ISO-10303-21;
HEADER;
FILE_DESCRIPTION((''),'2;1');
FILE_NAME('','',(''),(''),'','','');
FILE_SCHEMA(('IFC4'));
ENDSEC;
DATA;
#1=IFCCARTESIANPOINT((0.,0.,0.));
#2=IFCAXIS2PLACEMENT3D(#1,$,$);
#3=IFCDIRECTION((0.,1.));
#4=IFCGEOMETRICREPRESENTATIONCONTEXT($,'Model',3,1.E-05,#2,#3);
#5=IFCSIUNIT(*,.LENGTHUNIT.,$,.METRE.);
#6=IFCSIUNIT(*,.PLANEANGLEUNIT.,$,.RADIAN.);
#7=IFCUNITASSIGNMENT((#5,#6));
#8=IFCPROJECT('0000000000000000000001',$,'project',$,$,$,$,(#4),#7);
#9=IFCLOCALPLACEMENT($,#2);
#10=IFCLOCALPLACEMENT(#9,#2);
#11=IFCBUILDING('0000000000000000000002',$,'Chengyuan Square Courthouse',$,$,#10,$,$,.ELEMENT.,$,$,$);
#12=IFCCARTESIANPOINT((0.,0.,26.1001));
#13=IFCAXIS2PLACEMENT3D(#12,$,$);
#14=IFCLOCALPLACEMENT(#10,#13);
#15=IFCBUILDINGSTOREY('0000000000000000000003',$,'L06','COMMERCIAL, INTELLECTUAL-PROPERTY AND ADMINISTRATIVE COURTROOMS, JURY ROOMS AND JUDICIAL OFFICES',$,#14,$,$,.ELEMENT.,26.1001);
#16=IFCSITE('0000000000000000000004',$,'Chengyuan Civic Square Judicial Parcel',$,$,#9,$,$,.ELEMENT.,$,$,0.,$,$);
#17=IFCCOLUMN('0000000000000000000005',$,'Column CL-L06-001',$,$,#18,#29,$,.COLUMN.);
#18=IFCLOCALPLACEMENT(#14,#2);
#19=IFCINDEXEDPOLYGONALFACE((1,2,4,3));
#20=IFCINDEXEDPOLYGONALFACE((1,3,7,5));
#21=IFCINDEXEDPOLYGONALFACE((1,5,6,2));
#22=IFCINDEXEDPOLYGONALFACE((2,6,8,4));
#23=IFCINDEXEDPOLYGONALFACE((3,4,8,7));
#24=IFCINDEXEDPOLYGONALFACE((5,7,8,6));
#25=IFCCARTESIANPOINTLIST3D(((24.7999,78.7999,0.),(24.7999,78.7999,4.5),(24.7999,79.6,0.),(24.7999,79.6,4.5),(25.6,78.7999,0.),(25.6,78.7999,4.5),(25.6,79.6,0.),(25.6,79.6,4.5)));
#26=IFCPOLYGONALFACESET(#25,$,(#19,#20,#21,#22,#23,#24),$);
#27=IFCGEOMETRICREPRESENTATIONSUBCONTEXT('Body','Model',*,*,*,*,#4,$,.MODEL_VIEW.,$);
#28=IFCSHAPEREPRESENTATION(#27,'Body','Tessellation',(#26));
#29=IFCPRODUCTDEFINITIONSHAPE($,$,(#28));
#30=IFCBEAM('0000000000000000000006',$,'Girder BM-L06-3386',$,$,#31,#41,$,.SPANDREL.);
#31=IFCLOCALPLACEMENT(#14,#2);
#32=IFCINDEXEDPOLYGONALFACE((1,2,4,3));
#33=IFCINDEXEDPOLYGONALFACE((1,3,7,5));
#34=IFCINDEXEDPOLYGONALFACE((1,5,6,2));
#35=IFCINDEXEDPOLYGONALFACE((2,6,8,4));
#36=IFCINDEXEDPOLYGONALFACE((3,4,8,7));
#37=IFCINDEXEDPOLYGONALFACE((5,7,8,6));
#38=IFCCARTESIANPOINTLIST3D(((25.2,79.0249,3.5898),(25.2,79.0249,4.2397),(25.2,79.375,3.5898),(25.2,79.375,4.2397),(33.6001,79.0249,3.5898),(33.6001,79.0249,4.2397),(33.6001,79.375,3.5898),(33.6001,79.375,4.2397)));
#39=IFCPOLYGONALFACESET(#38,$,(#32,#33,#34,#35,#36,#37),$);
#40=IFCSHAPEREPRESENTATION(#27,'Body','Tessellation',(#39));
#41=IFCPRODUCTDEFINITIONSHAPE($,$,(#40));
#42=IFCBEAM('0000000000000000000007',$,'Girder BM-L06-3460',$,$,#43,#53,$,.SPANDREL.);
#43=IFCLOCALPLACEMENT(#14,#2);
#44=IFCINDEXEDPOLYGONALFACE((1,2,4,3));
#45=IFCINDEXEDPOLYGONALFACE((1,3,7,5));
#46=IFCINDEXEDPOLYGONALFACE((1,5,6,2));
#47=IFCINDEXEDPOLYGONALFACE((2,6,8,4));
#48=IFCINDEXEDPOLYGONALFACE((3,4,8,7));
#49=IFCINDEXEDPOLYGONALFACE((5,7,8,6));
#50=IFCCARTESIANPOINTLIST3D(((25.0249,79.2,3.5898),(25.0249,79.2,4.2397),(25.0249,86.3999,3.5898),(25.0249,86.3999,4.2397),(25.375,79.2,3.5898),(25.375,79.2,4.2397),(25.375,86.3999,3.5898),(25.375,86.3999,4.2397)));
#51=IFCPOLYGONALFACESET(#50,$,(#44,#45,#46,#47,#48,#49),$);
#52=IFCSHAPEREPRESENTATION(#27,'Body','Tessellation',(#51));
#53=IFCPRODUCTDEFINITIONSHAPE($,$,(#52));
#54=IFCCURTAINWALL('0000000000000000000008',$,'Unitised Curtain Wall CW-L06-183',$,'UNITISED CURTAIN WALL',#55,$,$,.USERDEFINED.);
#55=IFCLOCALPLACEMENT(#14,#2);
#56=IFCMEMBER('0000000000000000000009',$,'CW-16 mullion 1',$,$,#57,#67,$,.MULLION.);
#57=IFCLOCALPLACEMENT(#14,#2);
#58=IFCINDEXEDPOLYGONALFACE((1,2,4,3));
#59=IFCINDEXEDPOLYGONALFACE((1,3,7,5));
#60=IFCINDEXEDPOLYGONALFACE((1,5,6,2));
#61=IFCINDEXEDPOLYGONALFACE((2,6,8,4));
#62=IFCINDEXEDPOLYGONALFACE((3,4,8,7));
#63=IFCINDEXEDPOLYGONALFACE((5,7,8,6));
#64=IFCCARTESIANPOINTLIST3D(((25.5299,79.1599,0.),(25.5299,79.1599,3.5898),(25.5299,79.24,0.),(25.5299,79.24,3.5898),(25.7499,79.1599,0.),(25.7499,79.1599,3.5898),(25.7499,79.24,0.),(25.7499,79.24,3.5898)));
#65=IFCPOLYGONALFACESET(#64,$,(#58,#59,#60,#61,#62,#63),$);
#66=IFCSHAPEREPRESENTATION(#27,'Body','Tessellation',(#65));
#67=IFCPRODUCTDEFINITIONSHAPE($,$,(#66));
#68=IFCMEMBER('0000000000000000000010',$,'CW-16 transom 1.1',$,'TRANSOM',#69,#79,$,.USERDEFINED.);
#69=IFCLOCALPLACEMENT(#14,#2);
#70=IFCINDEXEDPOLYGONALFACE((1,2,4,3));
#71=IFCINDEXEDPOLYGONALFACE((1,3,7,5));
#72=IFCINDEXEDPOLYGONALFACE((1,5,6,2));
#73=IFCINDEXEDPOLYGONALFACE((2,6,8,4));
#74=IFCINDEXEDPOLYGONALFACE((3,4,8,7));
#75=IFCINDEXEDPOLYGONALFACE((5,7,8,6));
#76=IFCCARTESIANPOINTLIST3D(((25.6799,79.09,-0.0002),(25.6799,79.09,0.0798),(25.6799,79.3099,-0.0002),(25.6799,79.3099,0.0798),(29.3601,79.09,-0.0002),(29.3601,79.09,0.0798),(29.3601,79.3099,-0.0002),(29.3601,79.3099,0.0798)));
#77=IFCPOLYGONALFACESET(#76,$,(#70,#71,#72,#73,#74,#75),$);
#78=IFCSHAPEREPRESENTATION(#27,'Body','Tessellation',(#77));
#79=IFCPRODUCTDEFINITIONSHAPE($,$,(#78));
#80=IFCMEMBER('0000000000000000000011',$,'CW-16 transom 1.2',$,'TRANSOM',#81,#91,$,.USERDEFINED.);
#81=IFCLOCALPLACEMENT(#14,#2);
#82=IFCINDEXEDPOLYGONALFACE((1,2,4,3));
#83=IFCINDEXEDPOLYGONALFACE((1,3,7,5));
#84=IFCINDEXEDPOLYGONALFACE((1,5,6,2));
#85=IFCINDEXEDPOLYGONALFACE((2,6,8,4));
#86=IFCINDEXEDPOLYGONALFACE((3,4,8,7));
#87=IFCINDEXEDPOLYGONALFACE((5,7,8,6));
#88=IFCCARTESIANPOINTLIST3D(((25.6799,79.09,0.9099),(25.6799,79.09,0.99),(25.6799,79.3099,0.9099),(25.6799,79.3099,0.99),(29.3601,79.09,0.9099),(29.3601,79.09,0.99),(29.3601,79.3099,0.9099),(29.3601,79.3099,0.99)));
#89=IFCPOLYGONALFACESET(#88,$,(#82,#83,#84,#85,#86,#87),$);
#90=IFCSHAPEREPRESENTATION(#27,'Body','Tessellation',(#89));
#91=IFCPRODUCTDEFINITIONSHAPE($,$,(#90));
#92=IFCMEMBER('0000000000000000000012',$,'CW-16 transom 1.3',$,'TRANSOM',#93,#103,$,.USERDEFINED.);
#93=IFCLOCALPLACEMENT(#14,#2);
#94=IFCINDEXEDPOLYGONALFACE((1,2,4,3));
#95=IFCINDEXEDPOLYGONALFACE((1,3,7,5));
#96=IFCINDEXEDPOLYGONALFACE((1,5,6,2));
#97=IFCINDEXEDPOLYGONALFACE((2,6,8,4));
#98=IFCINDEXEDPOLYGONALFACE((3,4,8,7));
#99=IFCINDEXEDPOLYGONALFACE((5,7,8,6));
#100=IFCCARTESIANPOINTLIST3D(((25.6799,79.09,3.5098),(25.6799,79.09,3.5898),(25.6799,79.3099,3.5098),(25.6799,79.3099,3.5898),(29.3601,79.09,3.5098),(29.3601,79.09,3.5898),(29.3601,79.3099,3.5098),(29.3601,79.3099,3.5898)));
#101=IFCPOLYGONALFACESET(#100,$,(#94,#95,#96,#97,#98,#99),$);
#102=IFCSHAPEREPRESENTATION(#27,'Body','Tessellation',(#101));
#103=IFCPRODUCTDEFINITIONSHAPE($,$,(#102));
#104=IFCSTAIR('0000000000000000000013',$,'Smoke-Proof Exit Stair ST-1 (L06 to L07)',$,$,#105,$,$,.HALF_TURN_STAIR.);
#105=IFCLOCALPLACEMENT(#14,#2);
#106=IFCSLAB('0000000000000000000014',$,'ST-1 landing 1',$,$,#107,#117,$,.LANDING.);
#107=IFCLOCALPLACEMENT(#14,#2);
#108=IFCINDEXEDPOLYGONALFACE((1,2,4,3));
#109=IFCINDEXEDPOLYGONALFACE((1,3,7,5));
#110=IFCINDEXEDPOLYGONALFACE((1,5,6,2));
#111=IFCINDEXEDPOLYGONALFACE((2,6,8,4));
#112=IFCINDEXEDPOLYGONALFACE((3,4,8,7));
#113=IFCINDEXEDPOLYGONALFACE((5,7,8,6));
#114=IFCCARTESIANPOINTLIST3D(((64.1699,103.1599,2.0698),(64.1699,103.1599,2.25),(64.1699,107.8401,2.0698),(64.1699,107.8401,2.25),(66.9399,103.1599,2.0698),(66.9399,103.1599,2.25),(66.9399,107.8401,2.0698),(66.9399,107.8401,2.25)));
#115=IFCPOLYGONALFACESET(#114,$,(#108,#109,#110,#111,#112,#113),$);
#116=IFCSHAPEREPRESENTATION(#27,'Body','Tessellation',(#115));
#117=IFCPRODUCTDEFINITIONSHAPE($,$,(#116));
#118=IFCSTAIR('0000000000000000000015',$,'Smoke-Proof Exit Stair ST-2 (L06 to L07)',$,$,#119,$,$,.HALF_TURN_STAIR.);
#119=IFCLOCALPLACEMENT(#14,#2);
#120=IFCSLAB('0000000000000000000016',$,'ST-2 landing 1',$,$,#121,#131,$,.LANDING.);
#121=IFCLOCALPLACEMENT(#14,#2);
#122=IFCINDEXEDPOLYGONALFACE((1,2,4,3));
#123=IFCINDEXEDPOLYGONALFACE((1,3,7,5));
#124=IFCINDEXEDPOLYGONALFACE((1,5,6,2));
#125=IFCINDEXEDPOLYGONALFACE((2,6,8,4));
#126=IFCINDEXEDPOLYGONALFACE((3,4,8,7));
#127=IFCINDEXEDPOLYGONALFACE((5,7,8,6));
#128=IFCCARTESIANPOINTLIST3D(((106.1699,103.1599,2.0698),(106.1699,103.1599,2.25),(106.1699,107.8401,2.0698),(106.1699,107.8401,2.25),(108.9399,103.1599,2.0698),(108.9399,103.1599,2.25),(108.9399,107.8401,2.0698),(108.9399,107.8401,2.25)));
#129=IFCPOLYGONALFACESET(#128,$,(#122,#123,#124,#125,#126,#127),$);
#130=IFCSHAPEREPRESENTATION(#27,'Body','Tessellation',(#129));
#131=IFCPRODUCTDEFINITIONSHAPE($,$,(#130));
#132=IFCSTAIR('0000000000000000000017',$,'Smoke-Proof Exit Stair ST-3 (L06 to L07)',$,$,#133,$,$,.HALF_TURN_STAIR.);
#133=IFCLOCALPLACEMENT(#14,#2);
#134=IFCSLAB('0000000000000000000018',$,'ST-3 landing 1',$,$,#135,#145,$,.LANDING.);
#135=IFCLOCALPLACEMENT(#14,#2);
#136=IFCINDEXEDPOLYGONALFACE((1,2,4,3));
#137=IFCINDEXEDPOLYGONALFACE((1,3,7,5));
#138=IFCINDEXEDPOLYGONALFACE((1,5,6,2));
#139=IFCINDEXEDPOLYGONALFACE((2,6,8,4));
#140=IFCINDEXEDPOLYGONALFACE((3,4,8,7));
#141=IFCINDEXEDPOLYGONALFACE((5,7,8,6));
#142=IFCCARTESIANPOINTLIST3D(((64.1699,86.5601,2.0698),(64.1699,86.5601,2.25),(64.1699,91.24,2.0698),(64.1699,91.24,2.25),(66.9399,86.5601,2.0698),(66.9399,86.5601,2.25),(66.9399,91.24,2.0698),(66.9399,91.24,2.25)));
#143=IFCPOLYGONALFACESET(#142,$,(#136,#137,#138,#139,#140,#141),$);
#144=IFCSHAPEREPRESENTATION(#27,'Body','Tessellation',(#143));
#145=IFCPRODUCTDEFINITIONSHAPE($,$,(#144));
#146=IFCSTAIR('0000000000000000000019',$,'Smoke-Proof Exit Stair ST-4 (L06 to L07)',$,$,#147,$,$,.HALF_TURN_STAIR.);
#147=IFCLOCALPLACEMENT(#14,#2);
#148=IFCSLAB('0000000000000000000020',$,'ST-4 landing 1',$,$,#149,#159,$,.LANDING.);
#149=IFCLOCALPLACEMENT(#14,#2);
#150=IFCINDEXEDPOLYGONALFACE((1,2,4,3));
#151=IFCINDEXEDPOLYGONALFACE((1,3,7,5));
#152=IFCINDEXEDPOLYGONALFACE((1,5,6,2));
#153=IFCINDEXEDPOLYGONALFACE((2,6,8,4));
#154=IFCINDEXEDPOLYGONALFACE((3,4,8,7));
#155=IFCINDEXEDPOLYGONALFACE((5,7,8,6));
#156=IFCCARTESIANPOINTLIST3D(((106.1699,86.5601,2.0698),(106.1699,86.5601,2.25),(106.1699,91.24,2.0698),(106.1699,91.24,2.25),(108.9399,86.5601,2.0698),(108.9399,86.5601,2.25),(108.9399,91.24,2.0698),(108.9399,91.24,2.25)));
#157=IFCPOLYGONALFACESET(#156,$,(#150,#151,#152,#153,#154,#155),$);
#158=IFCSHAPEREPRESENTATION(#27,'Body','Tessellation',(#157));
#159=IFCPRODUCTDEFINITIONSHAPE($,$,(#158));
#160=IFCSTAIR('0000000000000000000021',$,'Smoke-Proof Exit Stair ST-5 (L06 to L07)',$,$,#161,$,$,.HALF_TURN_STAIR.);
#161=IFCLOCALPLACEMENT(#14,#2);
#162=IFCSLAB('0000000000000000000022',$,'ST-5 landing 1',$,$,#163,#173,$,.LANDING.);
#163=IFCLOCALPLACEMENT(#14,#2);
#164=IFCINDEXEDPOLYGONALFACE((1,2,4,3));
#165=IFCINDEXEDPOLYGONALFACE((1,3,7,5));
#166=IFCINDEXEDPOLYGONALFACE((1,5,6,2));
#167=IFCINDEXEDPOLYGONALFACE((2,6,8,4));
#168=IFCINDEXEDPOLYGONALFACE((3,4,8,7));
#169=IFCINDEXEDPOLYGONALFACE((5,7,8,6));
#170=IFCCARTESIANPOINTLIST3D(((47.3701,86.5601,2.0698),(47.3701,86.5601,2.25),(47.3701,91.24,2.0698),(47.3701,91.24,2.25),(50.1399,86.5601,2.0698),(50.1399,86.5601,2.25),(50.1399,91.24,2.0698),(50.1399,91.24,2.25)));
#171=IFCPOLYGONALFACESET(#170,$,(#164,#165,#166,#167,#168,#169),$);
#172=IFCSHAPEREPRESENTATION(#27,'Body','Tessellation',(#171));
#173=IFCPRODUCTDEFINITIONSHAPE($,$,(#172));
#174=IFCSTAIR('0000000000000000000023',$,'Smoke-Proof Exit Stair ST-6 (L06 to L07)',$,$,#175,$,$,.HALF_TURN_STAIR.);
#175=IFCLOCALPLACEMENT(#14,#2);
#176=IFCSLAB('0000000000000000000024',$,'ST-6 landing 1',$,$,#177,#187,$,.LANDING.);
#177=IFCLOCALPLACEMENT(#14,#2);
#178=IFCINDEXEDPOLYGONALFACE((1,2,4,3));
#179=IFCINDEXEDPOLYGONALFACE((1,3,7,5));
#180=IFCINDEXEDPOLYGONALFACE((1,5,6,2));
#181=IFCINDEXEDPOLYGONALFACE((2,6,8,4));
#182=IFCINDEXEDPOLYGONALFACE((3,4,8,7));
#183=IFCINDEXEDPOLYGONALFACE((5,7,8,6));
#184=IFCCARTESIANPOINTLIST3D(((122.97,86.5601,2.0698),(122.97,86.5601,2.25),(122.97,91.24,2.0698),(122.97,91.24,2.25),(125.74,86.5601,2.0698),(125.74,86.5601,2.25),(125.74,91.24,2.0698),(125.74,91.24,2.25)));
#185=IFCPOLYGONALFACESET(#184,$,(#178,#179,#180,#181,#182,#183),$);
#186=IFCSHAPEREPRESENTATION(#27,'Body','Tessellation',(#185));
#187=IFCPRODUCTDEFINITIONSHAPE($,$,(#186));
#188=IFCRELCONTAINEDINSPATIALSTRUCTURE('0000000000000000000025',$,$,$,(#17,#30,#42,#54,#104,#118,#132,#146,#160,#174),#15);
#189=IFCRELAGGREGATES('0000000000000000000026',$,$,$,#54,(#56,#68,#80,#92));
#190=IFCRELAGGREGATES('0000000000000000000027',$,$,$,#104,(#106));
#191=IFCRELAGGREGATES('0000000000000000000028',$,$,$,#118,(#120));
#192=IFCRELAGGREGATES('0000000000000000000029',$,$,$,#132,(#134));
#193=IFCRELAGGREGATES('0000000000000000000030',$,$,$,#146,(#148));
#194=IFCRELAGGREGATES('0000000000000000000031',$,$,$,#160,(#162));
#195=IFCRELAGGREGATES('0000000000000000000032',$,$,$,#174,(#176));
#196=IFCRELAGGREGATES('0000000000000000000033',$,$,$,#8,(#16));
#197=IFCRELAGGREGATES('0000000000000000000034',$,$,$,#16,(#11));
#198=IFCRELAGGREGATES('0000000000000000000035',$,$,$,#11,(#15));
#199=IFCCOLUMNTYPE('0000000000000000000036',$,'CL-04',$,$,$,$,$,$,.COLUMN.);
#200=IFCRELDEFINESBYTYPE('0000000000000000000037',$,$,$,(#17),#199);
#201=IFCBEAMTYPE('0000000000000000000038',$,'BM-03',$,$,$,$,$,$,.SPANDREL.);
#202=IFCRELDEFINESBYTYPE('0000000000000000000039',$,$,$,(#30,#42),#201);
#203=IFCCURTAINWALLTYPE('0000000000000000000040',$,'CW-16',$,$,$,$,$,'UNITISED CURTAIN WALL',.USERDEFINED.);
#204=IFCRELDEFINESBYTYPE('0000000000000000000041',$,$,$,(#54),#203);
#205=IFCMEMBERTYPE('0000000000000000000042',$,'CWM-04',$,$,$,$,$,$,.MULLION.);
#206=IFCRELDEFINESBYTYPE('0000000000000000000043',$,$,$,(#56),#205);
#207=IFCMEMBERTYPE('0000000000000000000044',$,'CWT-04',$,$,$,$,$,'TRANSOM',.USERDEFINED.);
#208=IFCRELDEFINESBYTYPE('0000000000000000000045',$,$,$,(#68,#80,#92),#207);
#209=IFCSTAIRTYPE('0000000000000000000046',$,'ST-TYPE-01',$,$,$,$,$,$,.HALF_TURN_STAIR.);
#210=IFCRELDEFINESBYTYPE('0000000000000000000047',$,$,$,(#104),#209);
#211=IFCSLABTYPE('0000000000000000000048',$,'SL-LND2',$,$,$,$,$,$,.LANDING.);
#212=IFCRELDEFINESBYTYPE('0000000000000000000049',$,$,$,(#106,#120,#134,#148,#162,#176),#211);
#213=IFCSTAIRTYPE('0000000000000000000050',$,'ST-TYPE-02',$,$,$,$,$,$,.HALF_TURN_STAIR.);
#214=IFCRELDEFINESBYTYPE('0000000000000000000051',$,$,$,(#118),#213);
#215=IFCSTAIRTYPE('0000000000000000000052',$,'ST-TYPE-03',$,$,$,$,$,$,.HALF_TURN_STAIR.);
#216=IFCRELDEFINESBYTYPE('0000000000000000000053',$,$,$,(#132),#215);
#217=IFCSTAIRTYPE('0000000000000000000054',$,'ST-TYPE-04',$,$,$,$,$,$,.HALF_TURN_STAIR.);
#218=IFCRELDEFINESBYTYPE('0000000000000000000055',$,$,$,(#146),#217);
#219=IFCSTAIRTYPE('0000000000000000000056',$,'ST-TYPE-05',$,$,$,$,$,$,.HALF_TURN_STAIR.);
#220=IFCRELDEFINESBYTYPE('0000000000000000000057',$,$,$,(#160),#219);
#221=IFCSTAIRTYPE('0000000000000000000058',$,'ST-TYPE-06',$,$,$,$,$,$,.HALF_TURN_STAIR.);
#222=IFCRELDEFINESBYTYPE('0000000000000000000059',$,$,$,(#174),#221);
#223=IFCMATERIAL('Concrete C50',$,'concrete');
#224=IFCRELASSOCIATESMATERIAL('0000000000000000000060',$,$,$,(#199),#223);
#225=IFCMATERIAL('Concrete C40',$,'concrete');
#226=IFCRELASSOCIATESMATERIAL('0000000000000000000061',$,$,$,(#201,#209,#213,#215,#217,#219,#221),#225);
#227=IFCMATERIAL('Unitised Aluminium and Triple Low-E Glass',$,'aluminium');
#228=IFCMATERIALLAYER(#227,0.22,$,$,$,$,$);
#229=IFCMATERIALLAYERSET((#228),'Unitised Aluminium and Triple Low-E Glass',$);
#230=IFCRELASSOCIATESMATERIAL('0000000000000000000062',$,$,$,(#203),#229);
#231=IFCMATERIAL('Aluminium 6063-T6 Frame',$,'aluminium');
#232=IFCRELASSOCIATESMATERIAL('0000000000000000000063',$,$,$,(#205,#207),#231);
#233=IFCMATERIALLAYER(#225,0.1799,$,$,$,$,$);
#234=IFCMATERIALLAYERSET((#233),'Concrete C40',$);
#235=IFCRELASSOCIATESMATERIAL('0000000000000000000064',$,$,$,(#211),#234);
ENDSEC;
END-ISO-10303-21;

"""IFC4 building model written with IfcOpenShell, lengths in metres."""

from ifc_helpers import new_model, si_unit, direction, frame, origin, origin_2d, place, context, subcontext, project, spatial, polyline, rectangle, outline, extrude, material, layer, layer_set, material_profile, profile_set, type_object, element, aggregate, save


model = new_model("IFC4")

# Units and contexts
model_context = context("Model", 3, precision=1e-05, world=origin(), true_north=direction((0.0, 1.0)))
body_context = subcontext(model_context, "Body", "Model", "MODEL_VIEW")
ifc_project = project(units=[si_unit("LENGTHUNIT", "METRE"), si_unit("PLANEANGLEUNIT", "RADIAN")], contexts=[model_context])

# Site, building, storey
site_placement = place(None, origin())
site = spatial("IfcSite", under=ifc_project, at=site_placement, Name="Chengyuan Civic Square Judicial Parcel", CompositionType="ELEMENT", RefElevation=0.0)
building_placement = place(site_placement, origin())
building = spatial("IfcBuilding", under=site, at=building_placement, Name="Chengyuan Square Courthouse", CompositionType="ELEMENT")
storey_placement = place(building_placement, frame((0.0, 0.0, 26.1001)))
storey = spatial("IfcBuildingStorey", under=building, at=storey_placement, Name="L06", Description="COMMERCIAL, INTELLECTUAL-PROPERTY AND ADMINISTRATIVE COURTROOMS, JURY ROOMS AND JUDICIAL OFFICES", CompositionType="ELEMENT", Elevation=26.1001)

# Column
ifc_material_1 = material(Name="Concrete C50", Category="concrete")
ifc_material_profile_1 = material_profile(ifc_material_1, rectangle(XDim=0.8, YDim=0.8, at=origin_2d()), Name="RC-COL-800x800")
ifc_profile_set_1 = profile_set([ifc_material_profile_1], Name="Concrete C50")
column_type = type_object("IfcColumnType", Name="CL-04", PredefinedType="COLUMN", material=ifc_profile_set_1)
column_placement = place(storey_placement, frame((25.2, 79.2, 0.0), z_axis=(0.0, 0.0, 1.0), x_axis=(1.0, 0.0, 0.0)))
element("IfcColumn", 1, at=column_placement, inside=storey, type_object=column_type, Name="Column CL-L06-001", PredefinedType="COLUMN", context=body_context, shape_type="SweptSolid", body=[
    extrude(rectangle(XDim=0.8, YDim=0.8, at=origin_2d()), origin(), (0.0, 0.0, 1.0), 4.5),
])

# Beams
ifc_material_2 = material(Name="Concrete C40", Category="concrete")
ifc_material_profile_2 = material_profile(ifc_material_2, rectangle(XDim=0.3501, YDim=0.6499, at=origin_2d()), Name="RC-BM-350x650")
ifc_profile_set_2 = profile_set([ifc_material_profile_2], Name="Concrete C40")
beam_type = type_object("IfcBeamType", Name="BM-03", PredefinedType="SPANDREL", material=ifc_profile_set_2)
beam_1_placement = place(storey_placement, frame((25.2, 79.2, 3.9148), z_axis=(1.0, 0.0, 0.0), x_axis=(0.0, 1.0, 0.0)))
element("IfcBeam", 2, at=beam_1_placement, inside=storey, type_object=beam_type, Name="Girder BM-L06-3386", PredefinedType="SPANDREL", context=body_context, shape_type="SweptSolid", body=[
    extrude(rectangle(XDim=0.3501, YDim=0.6499, at=origin_2d()), origin(), (0.0, 0.0, 1.0), 8.4001),
])
beam_2_placement = place(storey_placement, frame((25.2, 79.2, 3.9148), z_axis=(0.0, 1.0, 0.0), x_axis=(-1.0, 0.0, 0.0)))
element("IfcBeam", 3, at=beam_2_placement, inside=storey, type_object=beam_type, Name="Girder BM-L06-3460", PredefinedType="SPANDREL", context=body_context, shape_type="SweptSolid", body=[
    extrude(rectangle(XDim=0.3501, YDim=0.6499, at=origin_2d()), origin(), (0.0, 0.0, 1.0), 7.2),
])

# Curtain wall, members
ifc_material_3 = material(Name="Unitised Aluminium and Triple Low-E Glass", Category="aluminium")
ifc_layer_1 = layer(ifc_material_3, 0.22)
ifc_layer_set_1 = layer_set([ifc_layer_1], Name="Unitised Aluminium and Triple Low-E Glass")
curtain_wall_type = type_object("IfcCurtainWallType", Name="CW-16", ElementType="UNITISED CURTAIN WALL", PredefinedType="USERDEFINED", material=ifc_layer_set_1)
curtain_wall_placement = place(storey_placement, origin())
curtain_wall = element("IfcCurtainWall", 4, at=curtain_wall_placement, inside=storey, type_object=curtain_wall_type, Name="Unitised Curtain Wall CW-L06-183", ObjectType="UNITISED CURTAIN WALL", PredefinedType="USERDEFINED")
ifc_material_4 = material(Name="Aluminium 6063-T6 Frame", Category="aluminium")
ifc_material_profile_3 = material_profile(ifc_material_4, rectangle(XDim=0.0801, YDim=0.22, at=origin_2d()), Name="CW-MUL-80x220")
ifc_profile_set_3 = profile_set([ifc_material_profile_3], Name="Aluminium 6063-T6 Frame")
member_type_1 = type_object("IfcMemberType", Name="CWM-04", PredefinedType="MULLION", material=ifc_profile_set_3)
member_1_placement = place(storey_placement, frame((25.6399, 79.2, 0.0), z_axis=(0.0, 0.0, 1.0), x_axis=(0.0, 1.0, 0.0)))
member_1 = element("IfcMember", 5, at=member_1_placement, type_object=member_type_1, Name="CW-16 mullion 1", PredefinedType="MULLION", context=body_context, shape_type="SweptSolid", body=[
    extrude(rectangle(XDim=0.0801, YDim=0.22, at=origin_2d()), origin(), (0.0, 0.0, 1.0), 3.5898),
])
ifc_material_profile_4 = material_profile(ifc_material_4, rectangle(XDim=0.22, YDim=0.0801, at=origin_2d()), Name="CW-TRN-80x180")
ifc_profile_set_4 = profile_set([ifc_material_profile_4], Name="Aluminium 6063-T6 Frame")
member_type_2 = type_object("IfcMemberType", Name="CWT-04", ElementType="TRANSOM", PredefinedType="USERDEFINED", material=ifc_profile_set_4)
member_2_placement = place(storey_placement, frame((25.6799, 79.2, 0.0398), z_axis=(1.0, 0.0, 0.0), x_axis=(0.0, 1.0, 0.0)))
member_2 = element("IfcMember", 6, at=member_2_placement, type_object=member_type_2, Name="CW-16 transom 1.1", ObjectType="TRANSOM", PredefinedType="USERDEFINED", context=body_context, shape_type="SweptSolid", body=[
    extrude(rectangle(XDim=0.22, YDim=0.0801, at=origin_2d()), origin(), (0.0, 0.0, 1.0), 3.6802),
])
member_3_placement = place(storey_placement, frame((25.6799, 79.2, 0.95), z_axis=(1.0, 0.0, 0.0), x_axis=(0.0, 1.0, 0.0)))
member_3 = element("IfcMember", 7, at=member_3_placement, type_object=member_type_2, Name="CW-16 transom 1.2", ObjectType="TRANSOM", PredefinedType="USERDEFINED", context=body_context, shape_type="SweptSolid", body=[
    extrude(rectangle(XDim=0.22, YDim=0.0801, at=origin_2d()), origin(), (0.0, 0.0, 1.0), 3.6802),
])
member_4_placement = place(storey_placement, frame((25.6799, 79.2, 3.5498), z_axis=(1.0, 0.0, 0.0), x_axis=(0.0, 1.0, 0.0)))
member_4 = element("IfcMember", 8, at=member_4_placement, type_object=member_type_2, Name="CW-16 transom 1.3", ObjectType="TRANSOM", PredefinedType="USERDEFINED", context=body_context, shape_type="SweptSolid", body=[
    extrude(rectangle(XDim=0.22, YDim=0.0801, at=origin_2d()), origin(), (0.0, 0.0, 1.0), 3.6802),
])
aggregate(curtain_wall, [member_1, member_2, member_3, member_4])

# Stairs, slabs
stair_type_1 = type_object("IfcStairType", Name="ST-TYPE-01", PredefinedType="HALF_TURN_STAIR", material=ifc_material_2)
stair_1_placement = place(storey_placement, origin())
stair_1 = element("IfcStair", 9, at=stair_1_placement, inside=storey, type_object=stair_type_1, Name="Smoke-Proof Exit Stair ST-1 (L06 to L07)", PredefinedType="HALF_TURN_STAIR")
ifc_layer_2 = layer(ifc_material_2, 0.1799)
ifc_layer_set_2 = layer_set([ifc_layer_2], Name="Concrete C40")
slab_type_1 = type_object("IfcSlabType", Name="SL-LND2", PredefinedType="LANDING", material=ifc_layer_set_2)
slab_1_placement = place(storey_placement, frame((0.0, 0.0, 2.0698)))
slab_1 = element("IfcSlab", 10, at=slab_1_placement, type_object=slab_type_1, Name="ST-1 landing 1", PredefinedType="LANDING", context=body_context, shape_type="SweptSolid", body=[
    extrude(outline(polyline([(64.1699, 103.1599), (66.9399, 103.1599), (66.9399, 107.8401), (64.1699, 107.8401), (64.1699, 103.1599)])), origin(), (0.0, 0.0, 1.0), 0.1802),
])
aggregate(stair_1, [slab_1])
stair_type_2 = type_object("IfcStairType", Name="ST-TYPE-02", PredefinedType="HALF_TURN_STAIR", material=ifc_material_2)
stair_2_placement = place(storey_placement, origin())
stair_2 = element("IfcStair", 11, at=stair_2_placement, inside=storey, type_object=stair_type_2, Name="Smoke-Proof Exit Stair ST-2 (L06 to L07)", PredefinedType="HALF_TURN_STAIR")
slab_2_placement = place(storey_placement, frame((0.0, 0.0, 2.0698)))
slab_2 = element("IfcSlab", 12, at=slab_2_placement, type_object=slab_type_1, Name="ST-2 landing 1", PredefinedType="LANDING", context=body_context, shape_type="SweptSolid", body=[
    extrude(outline(polyline([(106.1699, 103.1599), (108.9399, 103.1599), (108.9399, 107.8401), (106.1699, 107.8401), (106.1699, 103.1599)])), origin(), (0.0, 0.0, 1.0), 0.1802),
])
aggregate(stair_2, [slab_2])
stair_type_3 = type_object("IfcStairType", Name="ST-TYPE-03", PredefinedType="HALF_TURN_STAIR", material=ifc_material_2)
stair_3_placement = place(storey_placement, origin())
stair_3 = element("IfcStair", 13, at=stair_3_placement, inside=storey, type_object=stair_type_3, Name="Smoke-Proof Exit Stair ST-3 (L06 to L07)", PredefinedType="HALF_TURN_STAIR")
slab_3_placement = place(storey_placement, frame((0.0, 0.0, 2.0698)))
slab_3 = element("IfcSlab", 14, at=slab_3_placement, type_object=slab_type_1, Name="ST-3 landing 1", PredefinedType="LANDING", context=body_context, shape_type="SweptSolid", body=[
    extrude(outline(polyline([(64.1699, 86.5601), (66.9399, 86.5601), (66.9399, 91.24), (64.1699, 91.24), (64.1699, 86.5601)])), origin(), (0.0, 0.0, 1.0), 0.1802),
])
aggregate(stair_3, [slab_3])
stair_type_4 = type_object("IfcStairType", Name="ST-TYPE-04", PredefinedType="HALF_TURN_STAIR", material=ifc_material_2)
stair_4_placement = place(storey_placement, origin())
stair_4 = element("IfcStair", 15, at=stair_4_placement, inside=storey, type_object=stair_type_4, Name="Smoke-Proof Exit Stair ST-4 (L06 to L07)", PredefinedType="HALF_TURN_STAIR")
slab_4_placement = place(storey_placement, frame((0.0, 0.0, 2.0698)))
slab_4 = element("IfcSlab", 16, at=slab_4_placement, type_object=slab_type_1, Name="ST-4 landing 1", PredefinedType="LANDING", context=body_context, shape_type="SweptSolid", body=[
    extrude(outline(polyline([(106.1699, 86.5601), (108.9399, 86.5601), (108.9399, 91.24), (106.1699, 91.24), (106.1699, 86.5601)])), origin(), (0.0, 0.0, 1.0), 0.1802),
])
aggregate(stair_4, [slab_4])
stair_type_5 = type_object("IfcStairType", Name="ST-TYPE-05", PredefinedType="HALF_TURN_STAIR", material=ifc_material_2)
stair_5_placement = place(storey_placement, origin())
stair_5 = element("IfcStair", 17, at=stair_5_placement, inside=storey, type_object=stair_type_5, Name="Smoke-Proof Exit Stair ST-5 (L06 to L07)", PredefinedType="HALF_TURN_STAIR")
slab_5_placement = place(storey_placement, frame((0.0, 0.0, 2.0698)))
slab_5 = element("IfcSlab", 18, at=slab_5_placement, type_object=slab_type_1, Name="ST-5 landing 1", PredefinedType="LANDING", context=body_context, shape_type="SweptSolid", body=[
    extrude(outline(polyline([(47.3701, 86.5601), (50.1399, 86.5601), (50.1399, 91.24), (47.3701, 91.24), (47.3701, 86.5601)])), origin(), (0.0, 0.0, 1.0), 0.1802),
])
aggregate(stair_5, [slab_5])
stair_type_6 = type_object("IfcStairType", Name="ST-TYPE-06", PredefinedType="HALF_TURN_STAIR", material=ifc_material_2)
stair_6_placement = place(storey_placement, origin())
stair_6 = element("IfcStair", 19, at=stair_6_placement, inside=storey, type_object=stair_type_6, Name="Smoke-Proof Exit Stair ST-6 (L06 to L07)", PredefinedType="HALF_TURN_STAIR")
slab_6_placement = place(storey_placement, frame((0.0, 0.0, 2.0698)))
slab_6 = element("IfcSlab", 20, at=slab_6_placement, type_object=slab_type_1, Name="ST-6 landing 1", PredefinedType="LANDING", context=body_context, shape_type="SweptSolid", body=[
    extrude(outline(polyline([(122.97, 86.5601), (125.74, 86.5601), (125.74, 91.24), (122.97, 91.24), (122.97, 86.5601)])), origin(), (0.0, 0.0, 1.0), 0.1802),
])
aggregate(stair_6, [slab_6])

save(model, "model.ifc")
